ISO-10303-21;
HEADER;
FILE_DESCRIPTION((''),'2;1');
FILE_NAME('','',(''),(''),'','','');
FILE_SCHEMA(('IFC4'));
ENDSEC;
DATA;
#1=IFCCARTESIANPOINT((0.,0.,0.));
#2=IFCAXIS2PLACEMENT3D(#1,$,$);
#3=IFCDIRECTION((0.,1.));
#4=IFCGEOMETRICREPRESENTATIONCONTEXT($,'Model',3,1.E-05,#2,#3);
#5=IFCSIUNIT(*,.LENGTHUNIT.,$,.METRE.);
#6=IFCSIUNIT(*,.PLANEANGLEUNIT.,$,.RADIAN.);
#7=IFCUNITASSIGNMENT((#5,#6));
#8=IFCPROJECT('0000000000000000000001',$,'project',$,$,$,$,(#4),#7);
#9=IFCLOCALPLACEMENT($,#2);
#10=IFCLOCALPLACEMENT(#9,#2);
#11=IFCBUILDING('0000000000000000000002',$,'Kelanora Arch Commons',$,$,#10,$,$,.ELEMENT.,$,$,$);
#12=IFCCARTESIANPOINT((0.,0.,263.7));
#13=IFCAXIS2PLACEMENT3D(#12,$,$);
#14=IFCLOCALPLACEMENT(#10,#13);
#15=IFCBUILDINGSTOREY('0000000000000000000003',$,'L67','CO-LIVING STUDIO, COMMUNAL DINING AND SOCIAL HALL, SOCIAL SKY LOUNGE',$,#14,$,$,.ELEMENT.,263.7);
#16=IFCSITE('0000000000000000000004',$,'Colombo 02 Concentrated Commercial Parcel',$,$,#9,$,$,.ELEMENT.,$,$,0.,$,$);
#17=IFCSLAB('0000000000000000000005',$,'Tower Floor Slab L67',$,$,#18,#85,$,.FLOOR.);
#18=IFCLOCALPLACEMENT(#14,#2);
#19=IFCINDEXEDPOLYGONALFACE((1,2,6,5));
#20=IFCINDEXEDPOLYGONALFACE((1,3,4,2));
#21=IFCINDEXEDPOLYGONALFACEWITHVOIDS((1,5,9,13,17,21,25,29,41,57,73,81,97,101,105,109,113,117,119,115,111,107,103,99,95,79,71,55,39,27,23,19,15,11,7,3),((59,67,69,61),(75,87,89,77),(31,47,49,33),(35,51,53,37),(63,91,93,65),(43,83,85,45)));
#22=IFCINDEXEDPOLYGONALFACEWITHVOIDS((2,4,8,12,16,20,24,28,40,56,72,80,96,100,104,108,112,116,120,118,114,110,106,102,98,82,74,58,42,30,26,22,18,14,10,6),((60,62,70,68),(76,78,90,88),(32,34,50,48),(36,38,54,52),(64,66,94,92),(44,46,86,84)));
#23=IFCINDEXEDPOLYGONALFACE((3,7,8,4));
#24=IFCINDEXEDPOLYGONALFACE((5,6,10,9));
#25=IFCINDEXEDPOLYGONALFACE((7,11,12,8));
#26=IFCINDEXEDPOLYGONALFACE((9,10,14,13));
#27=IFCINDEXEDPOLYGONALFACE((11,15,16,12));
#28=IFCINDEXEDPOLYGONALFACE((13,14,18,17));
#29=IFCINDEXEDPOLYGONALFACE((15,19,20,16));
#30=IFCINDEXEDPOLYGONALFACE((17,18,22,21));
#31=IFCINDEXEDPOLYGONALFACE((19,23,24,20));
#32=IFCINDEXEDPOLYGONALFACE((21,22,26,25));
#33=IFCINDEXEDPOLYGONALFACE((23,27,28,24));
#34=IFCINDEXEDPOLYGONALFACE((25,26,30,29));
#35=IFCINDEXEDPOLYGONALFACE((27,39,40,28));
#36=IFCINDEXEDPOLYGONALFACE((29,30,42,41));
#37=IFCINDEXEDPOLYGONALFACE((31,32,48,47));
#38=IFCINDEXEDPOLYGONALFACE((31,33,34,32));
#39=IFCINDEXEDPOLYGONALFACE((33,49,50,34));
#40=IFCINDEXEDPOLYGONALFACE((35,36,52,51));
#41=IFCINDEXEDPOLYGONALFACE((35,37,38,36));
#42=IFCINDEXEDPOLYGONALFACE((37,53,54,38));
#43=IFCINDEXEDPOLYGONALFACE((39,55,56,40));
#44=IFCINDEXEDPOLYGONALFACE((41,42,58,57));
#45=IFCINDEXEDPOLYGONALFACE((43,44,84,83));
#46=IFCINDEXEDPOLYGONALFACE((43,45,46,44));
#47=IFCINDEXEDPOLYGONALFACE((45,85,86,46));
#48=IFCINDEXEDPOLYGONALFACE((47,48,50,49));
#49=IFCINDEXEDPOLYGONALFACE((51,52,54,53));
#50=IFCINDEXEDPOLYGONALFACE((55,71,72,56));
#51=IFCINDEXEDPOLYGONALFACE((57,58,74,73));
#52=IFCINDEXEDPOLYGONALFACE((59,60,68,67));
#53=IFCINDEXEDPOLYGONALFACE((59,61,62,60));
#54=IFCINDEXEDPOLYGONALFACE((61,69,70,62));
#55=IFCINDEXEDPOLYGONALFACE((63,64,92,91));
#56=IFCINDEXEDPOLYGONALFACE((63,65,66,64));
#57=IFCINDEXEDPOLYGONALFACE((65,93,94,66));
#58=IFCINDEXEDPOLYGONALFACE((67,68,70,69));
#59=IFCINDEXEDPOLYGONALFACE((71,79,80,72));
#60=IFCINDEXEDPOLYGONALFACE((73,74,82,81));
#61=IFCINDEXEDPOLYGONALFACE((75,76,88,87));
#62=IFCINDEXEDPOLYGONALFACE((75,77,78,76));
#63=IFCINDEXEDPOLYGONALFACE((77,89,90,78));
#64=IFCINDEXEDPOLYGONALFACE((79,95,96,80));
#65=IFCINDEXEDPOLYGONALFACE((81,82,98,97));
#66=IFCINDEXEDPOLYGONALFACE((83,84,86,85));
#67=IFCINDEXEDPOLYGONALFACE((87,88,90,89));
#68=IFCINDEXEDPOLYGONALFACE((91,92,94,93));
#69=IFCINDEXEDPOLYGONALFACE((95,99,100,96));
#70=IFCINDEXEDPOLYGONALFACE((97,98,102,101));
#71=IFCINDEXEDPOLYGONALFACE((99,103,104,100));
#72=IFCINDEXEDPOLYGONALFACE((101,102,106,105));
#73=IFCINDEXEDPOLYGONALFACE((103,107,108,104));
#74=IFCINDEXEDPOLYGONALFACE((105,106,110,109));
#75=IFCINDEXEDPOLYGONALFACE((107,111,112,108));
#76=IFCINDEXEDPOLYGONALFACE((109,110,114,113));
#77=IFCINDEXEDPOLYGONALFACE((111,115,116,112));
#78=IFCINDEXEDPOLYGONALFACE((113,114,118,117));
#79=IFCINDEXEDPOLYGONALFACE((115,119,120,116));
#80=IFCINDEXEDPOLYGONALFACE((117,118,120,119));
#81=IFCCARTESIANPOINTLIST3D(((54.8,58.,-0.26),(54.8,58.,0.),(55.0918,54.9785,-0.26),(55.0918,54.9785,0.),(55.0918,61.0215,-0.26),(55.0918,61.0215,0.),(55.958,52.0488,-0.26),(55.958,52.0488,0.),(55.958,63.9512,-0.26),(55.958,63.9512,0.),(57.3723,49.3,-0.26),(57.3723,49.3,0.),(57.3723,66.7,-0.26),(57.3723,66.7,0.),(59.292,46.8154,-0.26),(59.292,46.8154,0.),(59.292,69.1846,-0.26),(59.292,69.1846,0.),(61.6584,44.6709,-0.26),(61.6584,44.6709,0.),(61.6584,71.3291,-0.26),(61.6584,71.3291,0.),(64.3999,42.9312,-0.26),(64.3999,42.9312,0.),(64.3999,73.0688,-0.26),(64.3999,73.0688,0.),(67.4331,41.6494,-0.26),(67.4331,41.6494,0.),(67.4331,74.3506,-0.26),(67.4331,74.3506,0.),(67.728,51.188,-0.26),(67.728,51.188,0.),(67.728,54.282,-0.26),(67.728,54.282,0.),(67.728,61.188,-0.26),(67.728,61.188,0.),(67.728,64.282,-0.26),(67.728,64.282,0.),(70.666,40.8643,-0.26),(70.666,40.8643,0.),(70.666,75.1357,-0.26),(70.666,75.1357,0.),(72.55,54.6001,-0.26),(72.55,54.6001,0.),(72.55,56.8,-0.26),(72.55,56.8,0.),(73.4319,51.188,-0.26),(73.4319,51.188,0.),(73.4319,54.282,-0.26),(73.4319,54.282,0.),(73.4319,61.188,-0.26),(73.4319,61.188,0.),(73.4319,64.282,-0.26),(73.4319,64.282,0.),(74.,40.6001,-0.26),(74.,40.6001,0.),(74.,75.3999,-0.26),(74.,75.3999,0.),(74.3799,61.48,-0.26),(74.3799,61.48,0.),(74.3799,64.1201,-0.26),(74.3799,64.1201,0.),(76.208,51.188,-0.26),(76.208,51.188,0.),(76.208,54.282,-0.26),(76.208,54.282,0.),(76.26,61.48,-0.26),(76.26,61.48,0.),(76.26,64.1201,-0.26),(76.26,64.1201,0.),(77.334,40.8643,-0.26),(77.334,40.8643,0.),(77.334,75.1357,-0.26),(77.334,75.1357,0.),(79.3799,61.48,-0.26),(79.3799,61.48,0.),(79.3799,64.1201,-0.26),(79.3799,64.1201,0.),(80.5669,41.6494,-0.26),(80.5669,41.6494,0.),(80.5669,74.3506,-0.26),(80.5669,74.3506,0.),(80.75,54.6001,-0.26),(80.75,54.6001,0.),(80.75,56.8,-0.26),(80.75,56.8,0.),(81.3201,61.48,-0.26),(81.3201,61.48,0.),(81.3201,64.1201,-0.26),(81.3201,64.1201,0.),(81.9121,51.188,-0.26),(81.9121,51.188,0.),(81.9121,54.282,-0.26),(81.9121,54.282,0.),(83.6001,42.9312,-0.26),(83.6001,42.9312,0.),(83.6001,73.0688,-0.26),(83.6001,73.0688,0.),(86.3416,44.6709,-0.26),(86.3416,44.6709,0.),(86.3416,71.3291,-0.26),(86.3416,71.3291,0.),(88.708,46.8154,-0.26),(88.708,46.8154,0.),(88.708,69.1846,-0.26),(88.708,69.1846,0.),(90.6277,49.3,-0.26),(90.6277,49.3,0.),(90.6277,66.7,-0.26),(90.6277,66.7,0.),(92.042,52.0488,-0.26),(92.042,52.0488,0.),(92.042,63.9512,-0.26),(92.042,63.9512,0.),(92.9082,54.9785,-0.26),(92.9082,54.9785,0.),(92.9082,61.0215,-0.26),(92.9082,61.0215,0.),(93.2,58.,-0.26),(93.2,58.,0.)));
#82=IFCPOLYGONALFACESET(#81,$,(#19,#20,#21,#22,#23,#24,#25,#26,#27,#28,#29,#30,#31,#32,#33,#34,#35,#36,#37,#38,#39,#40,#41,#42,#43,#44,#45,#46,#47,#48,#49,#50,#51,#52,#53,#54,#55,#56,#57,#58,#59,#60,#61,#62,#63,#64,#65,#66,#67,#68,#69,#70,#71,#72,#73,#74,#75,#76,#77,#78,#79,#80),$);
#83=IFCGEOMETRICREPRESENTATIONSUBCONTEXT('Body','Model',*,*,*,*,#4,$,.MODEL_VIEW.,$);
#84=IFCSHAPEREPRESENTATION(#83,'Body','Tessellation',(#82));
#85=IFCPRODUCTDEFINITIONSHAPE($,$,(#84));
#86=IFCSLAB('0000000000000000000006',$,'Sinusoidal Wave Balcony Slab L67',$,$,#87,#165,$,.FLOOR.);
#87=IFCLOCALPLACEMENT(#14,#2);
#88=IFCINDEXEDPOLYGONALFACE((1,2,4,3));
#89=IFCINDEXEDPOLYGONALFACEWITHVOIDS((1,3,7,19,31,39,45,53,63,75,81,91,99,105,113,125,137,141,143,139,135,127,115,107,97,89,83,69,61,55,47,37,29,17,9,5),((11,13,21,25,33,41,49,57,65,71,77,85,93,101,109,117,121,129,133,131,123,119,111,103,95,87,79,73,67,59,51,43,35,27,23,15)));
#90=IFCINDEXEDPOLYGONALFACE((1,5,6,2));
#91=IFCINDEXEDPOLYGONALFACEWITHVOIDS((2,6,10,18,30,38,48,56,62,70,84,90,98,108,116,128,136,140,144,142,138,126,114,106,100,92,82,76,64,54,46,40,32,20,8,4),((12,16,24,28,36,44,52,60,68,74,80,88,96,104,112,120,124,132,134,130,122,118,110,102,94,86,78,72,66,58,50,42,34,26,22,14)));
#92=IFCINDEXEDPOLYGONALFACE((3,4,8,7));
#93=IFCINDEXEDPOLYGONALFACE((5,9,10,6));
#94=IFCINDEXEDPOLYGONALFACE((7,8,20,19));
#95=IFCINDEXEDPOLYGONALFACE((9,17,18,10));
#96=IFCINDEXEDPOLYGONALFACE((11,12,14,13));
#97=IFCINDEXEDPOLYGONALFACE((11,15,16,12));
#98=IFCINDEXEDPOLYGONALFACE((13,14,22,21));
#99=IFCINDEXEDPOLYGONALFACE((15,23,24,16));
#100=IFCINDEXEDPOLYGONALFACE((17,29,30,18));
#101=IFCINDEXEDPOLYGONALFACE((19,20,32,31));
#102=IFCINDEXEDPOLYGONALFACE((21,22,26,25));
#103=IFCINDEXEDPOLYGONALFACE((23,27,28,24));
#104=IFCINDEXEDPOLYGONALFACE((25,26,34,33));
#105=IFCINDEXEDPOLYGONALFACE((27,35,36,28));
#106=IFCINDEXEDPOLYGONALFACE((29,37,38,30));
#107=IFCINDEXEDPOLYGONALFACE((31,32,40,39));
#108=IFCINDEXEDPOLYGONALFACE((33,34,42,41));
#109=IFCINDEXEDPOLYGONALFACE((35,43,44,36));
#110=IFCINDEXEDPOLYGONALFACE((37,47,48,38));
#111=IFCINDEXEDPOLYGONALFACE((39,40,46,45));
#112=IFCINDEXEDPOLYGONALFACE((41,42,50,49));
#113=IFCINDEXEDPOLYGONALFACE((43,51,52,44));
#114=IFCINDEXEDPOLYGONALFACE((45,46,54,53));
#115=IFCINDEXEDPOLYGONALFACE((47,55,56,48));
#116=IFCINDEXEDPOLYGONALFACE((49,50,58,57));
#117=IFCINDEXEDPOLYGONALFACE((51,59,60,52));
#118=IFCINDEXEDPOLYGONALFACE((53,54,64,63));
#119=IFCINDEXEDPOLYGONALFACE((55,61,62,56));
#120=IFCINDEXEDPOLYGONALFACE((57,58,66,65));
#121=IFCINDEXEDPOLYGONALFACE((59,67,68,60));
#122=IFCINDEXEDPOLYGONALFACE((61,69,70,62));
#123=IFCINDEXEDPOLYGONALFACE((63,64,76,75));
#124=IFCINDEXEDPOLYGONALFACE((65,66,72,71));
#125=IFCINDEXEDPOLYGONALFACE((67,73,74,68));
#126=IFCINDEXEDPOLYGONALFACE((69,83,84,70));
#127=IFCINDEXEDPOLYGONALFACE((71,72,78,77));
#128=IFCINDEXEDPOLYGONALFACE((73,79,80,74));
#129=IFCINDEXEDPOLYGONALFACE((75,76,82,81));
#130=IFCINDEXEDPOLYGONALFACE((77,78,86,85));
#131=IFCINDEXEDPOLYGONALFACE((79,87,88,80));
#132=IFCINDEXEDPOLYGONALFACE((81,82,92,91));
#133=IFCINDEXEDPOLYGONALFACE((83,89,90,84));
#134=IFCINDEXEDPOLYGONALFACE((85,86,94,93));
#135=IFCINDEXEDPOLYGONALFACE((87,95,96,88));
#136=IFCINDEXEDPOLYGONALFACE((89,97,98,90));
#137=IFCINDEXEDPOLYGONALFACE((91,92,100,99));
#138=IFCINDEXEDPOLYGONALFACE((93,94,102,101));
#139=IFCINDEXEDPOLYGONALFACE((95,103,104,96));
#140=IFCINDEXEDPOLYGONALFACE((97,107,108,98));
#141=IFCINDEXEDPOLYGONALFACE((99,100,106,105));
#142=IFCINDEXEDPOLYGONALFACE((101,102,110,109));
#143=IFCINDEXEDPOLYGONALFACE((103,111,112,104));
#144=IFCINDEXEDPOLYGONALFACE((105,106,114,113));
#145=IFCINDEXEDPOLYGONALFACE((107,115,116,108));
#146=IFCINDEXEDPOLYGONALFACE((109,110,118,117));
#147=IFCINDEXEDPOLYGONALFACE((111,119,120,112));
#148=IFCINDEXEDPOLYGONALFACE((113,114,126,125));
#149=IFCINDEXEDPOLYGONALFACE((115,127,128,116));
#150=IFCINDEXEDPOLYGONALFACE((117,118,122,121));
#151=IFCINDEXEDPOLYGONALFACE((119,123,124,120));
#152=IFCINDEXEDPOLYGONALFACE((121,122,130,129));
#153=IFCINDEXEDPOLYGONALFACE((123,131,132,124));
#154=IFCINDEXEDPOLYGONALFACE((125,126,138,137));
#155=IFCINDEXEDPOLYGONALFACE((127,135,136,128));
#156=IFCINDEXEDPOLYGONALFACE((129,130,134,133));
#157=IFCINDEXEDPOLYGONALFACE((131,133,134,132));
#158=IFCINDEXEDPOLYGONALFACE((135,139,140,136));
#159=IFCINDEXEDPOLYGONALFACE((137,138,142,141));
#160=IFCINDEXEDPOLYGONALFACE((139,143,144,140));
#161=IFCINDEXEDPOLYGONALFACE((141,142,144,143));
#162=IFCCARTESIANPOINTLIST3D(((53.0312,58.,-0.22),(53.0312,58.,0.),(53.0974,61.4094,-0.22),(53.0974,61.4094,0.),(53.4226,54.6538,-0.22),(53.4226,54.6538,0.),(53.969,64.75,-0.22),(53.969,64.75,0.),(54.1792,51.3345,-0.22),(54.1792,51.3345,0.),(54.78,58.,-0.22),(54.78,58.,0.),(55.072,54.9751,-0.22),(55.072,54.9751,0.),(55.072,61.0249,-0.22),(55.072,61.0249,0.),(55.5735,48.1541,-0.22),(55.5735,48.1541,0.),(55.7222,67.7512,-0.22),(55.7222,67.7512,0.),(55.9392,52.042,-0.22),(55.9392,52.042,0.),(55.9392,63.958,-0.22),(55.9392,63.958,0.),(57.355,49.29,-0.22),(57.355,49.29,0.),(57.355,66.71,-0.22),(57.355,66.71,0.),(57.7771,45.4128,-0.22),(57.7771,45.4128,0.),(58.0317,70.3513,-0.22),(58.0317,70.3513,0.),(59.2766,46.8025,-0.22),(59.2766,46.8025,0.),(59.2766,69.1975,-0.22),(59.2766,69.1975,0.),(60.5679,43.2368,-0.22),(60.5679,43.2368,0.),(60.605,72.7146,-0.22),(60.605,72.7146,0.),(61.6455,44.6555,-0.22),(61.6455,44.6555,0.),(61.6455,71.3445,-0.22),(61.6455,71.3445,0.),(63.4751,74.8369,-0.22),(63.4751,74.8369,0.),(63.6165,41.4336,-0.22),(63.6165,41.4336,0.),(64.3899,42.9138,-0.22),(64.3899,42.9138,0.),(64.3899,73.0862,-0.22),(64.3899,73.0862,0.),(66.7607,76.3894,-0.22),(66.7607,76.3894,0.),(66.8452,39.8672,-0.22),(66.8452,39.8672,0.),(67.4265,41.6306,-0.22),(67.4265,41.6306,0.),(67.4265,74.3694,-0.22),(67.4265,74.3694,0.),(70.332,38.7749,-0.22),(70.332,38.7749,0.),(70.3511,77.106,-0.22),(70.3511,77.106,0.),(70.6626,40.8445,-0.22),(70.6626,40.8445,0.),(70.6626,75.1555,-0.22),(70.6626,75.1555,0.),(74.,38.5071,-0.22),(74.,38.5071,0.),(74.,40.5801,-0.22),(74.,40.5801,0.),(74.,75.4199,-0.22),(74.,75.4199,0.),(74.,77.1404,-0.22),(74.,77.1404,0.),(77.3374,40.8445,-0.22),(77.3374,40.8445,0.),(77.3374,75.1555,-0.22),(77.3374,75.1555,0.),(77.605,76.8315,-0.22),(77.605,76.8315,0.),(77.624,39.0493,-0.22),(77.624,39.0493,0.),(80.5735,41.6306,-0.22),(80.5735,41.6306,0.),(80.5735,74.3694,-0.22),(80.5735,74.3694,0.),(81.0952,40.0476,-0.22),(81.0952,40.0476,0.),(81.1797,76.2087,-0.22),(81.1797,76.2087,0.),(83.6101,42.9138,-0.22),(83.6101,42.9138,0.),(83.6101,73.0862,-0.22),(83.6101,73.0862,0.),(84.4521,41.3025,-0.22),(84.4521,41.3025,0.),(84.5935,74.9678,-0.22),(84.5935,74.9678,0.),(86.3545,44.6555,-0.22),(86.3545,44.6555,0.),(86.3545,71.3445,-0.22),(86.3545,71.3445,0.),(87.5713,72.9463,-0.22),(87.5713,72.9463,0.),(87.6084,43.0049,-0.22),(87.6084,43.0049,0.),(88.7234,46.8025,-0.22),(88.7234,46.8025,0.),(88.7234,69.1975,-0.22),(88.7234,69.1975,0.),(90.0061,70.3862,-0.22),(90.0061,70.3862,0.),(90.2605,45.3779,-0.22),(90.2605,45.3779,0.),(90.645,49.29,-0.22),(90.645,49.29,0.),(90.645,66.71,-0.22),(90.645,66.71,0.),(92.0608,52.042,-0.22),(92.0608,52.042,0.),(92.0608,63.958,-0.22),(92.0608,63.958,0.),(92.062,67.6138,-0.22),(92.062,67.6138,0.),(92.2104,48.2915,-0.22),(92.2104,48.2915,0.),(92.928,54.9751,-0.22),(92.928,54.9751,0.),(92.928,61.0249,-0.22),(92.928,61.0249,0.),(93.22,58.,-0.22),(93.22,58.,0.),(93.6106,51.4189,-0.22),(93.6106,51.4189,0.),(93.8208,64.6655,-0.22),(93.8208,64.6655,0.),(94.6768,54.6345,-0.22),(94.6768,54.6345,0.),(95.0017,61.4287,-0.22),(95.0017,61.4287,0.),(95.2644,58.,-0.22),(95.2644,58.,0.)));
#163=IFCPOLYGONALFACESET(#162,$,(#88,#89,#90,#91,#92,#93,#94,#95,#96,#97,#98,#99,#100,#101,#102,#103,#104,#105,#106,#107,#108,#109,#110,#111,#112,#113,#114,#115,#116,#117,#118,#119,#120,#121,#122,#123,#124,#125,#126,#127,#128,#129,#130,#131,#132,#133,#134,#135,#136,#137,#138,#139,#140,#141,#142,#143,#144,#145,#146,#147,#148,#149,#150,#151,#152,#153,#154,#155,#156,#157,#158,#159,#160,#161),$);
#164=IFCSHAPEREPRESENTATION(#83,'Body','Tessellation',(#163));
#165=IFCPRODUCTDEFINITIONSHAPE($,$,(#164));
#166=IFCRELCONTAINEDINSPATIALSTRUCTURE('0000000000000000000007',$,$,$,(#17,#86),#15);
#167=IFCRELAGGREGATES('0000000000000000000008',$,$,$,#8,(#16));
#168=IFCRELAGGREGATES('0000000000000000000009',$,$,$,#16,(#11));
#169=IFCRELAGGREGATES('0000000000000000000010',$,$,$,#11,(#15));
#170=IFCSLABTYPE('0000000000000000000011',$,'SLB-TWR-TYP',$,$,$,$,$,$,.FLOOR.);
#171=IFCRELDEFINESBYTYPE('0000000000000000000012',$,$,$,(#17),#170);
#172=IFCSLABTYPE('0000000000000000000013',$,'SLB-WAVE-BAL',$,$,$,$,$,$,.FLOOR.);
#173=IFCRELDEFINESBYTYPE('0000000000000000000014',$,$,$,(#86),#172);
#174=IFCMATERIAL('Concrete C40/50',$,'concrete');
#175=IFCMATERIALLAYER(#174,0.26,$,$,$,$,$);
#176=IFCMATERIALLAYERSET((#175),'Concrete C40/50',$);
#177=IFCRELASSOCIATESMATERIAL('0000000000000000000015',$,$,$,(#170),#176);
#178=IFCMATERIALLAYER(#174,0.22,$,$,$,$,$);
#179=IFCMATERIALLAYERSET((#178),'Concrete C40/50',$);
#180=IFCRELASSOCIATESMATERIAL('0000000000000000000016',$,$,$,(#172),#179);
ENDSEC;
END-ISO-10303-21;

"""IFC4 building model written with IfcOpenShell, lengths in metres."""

from ifc_helpers import new_model, si_unit, direction, frame, origin, place, context, subcontext, project, spatial, polyline, outline, extrude, material, layer, layer_set, type_object, element, save


model = new_model("IFC4")

# Units and contexts
model_context = context("Model", 3, precision=1e-05, world=origin(), true_north=direction((0.0, 1.0)))
body_context = subcontext(model_context, "Body", "Model", "MODEL_VIEW")
ifc_project = project(units=[si_unit("LENGTHUNIT", "METRE"), si_unit("PLANEANGLEUNIT", "RADIAN")], contexts=[model_context])

# Site, building, storey
site_placement = place(None, origin())
site = spatial("IfcSite", under=ifc_project, at=site_placement, Name="Colombo 02 Concentrated Commercial Parcel", CompositionType="ELEMENT", RefElevation=0.0)
building_placement = place(site_placement, origin())
building = spatial("IfcBuilding", under=site, at=building_placement, Name="Kelanora Arch Commons", CompositionType="ELEMENT")
storey_placement = place(building_placement, frame((0.0, 0.0, 263.7)))
storey = spatial("IfcBuildingStorey", under=building, at=storey_placement, Name="L67", Description="CO-LIVING STUDIO, COMMUNAL DINING AND SOCIAL HALL, SOCIAL SKY LOUNGE", CompositionType="ELEMENT", Elevation=263.7)

# Shared definitions
ifc_material_1 = material(Name="Concrete C40/50", Category="concrete")

# Slabs
ifc_layer_1 = layer(ifc_material_1, 0.26)
ifc_layer_set_1 = layer_set([ifc_layer_1], Name="Concrete C40/50")
slab_type_1 = type_object("IfcSlabType", Name="SLB-TWR-TYP", PredefinedType="FLOOR", material=ifc_layer_set_1)
slab_1_placement = place(storey_placement, frame((0.0, 0.0, -0.26)))
element("IfcSlab", 1, at=slab_1_placement, inside=storey, type_object=slab_type_1, Name="Tower Floor Slab L67", PredefinedType="FLOOR", context=body_context, shape_type="SweptSolid", body=[
    extrude(outline(polyline([(93.2, 58.0), (92.9082, 61.0215), (92.042, 63.9512), (90.6277, 66.7), (88.708, 69.1846), (86.3416, 71.3291), (83.6001, 73.0688), (80.5669, 74.3506), (77.334, 75.1357), (74.0, 75.3999), (70.666, 75.1357), (67.4331, 74.3506), (64.3999, 73.0688), (61.6584, 71.3291), (59.292, 69.1846), (57.3723, 66.7), (55.958, 63.9512), (55.0918, 61.0215), (54.8, 58.0), (55.0918, 54.9785), (55.958, 52.0488), (57.3723, 49.3), (59.292, 46.8154), (61.6584, 44.6709), (64.3999, 42.9312), (67.4331, 41.6494), (70.666, 40.8643), (74.0, 40.6001), (77.334, 40.8643), (80.5669, 41.6494), (83.6001, 42.9312), (86.3416, 44.6709), (88.708, 46.8154), (90.6277, 49.3), (92.042, 52.0488), (92.9082, 54.9785), (93.2, 58.0)]), holes=[polyline([(73.4319, 51.188), (67.728, 51.188), (67.728, 54.282), (73.4319, 54.282), (73.4319, 51.188)]), polyline([(76.208, 51.188), (76.208, 54.282), (81.9121, 54.282), (81.9121, 51.188), (76.208, 51.188)]), polyline([(72.55, 54.6001), (72.55, 56.8), (80.75, 56.8), (80.75, 54.6001), (72.55, 54.6001)]), polyline([(73.4319, 61.188), (67.728, 61.188), (67.728, 64.282), (73.4319, 64.282), (73.4319, 61.188)]), polyline([(74.3799, 61.48), (74.3799, 64.1201), (76.26, 64.1201), (76.26, 61.48), (74.3799, 61.48)]), polyline([(79.3799, 61.48), (79.3799, 64.1201), (81.3201, 64.1201), (81.3201, 61.48), (79.3799, 61.48)])]), origin(), (0.0, 0.0, 1.0), 0.26),
])
ifc_layer_2 = layer(ifc_material_1, 0.22)
ifc_layer_set_2 = layer_set([ifc_layer_2], Name="Concrete C40/50")
slab_type_2 = type_object("IfcSlabType", Name="SLB-WAVE-BAL", PredefinedType="FLOOR", material=ifc_layer_set_2)
slab_2_placement = place(storey_placement, frame((0.0, 0.0, -0.22)))
element("IfcSlab", 2, at=slab_2_placement, inside=storey, type_object=slab_type_2, Name="Sinusoidal Wave Balcony Slab L67", PredefinedType="FLOOR", context=body_context, shape_type="SweptSolid", body=[
    extrude(outline(polyline([(95.2644, 58.0), (95.0017, 61.4287), (93.8208, 64.6655), (92.062, 67.6138), (90.0061, 70.3862), (87.5713, 72.9463), (84.5935, 74.9678), (81.1797, 76.2087), (77.605, 76.8315), (74.0, 77.1404), (70.3511, 77.106), (66.7607, 76.3894), (63.4751, 74.8369), (60.605, 72.7146), (58.0317, 70.3513), (55.7222, 67.7512), (53.969, 64.75), (53.0974, 61.4094), (53.0312, 58.0), (53.4226, 54.6538), (54.1792, 51.3345), (55.5735, 48.1541), (57.7771, 45.4128), (60.5679, 43.2368), (63.6165, 41.4336), (66.8452, 39.8672), (70.332, 38.7749), (74.0, 38.5071), (77.624, 39.0493), (81.0952, 40.0476), (84.4521, 41.3025), (87.6084, 43.0049), (90.2605, 45.3779), (92.2104, 48.2915), (93.6106, 51.4189), (94.6768, 54.6345), (95.2644, 58.0)]), holes=[polyline([(92.928, 54.9751), (92.0608, 52.042), (90.645, 49.29), (88.7234, 46.8025), (86.3545, 44.6555), (83.6101, 42.9138), (80.5735, 41.6306), (77.3374, 40.8445), (74.0, 40.5801), (70.6626, 40.8445), (67.4265, 41.6306), (64.3899, 42.9138), (61.6455, 44.6555), (59.2766, 46.8025), (57.355, 49.29), (55.9392, 52.042), (55.072, 54.9751), (54.78, 58.0), (55.072, 61.0249), (55.9392, 63.958), (57.355, 66.71), (59.2766, 69.1975), (61.6455, 71.3445), (64.3899, 73.0862), (67.4265, 74.3694), (70.6626, 75.1555), (74.0, 75.4199), (77.3374, 75.1555), (80.5735, 74.3694), (83.6101, 73.0862), (86.3545, 71.3445), (88.7234, 69.1975), (90.645, 66.71), (92.0608, 63.958), (92.928, 61.0249), (93.22, 58.0), (92.928, 54.9751)])]), origin(), (0.0, 0.0, 1.0), 0.22),
])

save(model, "model.ifc")
